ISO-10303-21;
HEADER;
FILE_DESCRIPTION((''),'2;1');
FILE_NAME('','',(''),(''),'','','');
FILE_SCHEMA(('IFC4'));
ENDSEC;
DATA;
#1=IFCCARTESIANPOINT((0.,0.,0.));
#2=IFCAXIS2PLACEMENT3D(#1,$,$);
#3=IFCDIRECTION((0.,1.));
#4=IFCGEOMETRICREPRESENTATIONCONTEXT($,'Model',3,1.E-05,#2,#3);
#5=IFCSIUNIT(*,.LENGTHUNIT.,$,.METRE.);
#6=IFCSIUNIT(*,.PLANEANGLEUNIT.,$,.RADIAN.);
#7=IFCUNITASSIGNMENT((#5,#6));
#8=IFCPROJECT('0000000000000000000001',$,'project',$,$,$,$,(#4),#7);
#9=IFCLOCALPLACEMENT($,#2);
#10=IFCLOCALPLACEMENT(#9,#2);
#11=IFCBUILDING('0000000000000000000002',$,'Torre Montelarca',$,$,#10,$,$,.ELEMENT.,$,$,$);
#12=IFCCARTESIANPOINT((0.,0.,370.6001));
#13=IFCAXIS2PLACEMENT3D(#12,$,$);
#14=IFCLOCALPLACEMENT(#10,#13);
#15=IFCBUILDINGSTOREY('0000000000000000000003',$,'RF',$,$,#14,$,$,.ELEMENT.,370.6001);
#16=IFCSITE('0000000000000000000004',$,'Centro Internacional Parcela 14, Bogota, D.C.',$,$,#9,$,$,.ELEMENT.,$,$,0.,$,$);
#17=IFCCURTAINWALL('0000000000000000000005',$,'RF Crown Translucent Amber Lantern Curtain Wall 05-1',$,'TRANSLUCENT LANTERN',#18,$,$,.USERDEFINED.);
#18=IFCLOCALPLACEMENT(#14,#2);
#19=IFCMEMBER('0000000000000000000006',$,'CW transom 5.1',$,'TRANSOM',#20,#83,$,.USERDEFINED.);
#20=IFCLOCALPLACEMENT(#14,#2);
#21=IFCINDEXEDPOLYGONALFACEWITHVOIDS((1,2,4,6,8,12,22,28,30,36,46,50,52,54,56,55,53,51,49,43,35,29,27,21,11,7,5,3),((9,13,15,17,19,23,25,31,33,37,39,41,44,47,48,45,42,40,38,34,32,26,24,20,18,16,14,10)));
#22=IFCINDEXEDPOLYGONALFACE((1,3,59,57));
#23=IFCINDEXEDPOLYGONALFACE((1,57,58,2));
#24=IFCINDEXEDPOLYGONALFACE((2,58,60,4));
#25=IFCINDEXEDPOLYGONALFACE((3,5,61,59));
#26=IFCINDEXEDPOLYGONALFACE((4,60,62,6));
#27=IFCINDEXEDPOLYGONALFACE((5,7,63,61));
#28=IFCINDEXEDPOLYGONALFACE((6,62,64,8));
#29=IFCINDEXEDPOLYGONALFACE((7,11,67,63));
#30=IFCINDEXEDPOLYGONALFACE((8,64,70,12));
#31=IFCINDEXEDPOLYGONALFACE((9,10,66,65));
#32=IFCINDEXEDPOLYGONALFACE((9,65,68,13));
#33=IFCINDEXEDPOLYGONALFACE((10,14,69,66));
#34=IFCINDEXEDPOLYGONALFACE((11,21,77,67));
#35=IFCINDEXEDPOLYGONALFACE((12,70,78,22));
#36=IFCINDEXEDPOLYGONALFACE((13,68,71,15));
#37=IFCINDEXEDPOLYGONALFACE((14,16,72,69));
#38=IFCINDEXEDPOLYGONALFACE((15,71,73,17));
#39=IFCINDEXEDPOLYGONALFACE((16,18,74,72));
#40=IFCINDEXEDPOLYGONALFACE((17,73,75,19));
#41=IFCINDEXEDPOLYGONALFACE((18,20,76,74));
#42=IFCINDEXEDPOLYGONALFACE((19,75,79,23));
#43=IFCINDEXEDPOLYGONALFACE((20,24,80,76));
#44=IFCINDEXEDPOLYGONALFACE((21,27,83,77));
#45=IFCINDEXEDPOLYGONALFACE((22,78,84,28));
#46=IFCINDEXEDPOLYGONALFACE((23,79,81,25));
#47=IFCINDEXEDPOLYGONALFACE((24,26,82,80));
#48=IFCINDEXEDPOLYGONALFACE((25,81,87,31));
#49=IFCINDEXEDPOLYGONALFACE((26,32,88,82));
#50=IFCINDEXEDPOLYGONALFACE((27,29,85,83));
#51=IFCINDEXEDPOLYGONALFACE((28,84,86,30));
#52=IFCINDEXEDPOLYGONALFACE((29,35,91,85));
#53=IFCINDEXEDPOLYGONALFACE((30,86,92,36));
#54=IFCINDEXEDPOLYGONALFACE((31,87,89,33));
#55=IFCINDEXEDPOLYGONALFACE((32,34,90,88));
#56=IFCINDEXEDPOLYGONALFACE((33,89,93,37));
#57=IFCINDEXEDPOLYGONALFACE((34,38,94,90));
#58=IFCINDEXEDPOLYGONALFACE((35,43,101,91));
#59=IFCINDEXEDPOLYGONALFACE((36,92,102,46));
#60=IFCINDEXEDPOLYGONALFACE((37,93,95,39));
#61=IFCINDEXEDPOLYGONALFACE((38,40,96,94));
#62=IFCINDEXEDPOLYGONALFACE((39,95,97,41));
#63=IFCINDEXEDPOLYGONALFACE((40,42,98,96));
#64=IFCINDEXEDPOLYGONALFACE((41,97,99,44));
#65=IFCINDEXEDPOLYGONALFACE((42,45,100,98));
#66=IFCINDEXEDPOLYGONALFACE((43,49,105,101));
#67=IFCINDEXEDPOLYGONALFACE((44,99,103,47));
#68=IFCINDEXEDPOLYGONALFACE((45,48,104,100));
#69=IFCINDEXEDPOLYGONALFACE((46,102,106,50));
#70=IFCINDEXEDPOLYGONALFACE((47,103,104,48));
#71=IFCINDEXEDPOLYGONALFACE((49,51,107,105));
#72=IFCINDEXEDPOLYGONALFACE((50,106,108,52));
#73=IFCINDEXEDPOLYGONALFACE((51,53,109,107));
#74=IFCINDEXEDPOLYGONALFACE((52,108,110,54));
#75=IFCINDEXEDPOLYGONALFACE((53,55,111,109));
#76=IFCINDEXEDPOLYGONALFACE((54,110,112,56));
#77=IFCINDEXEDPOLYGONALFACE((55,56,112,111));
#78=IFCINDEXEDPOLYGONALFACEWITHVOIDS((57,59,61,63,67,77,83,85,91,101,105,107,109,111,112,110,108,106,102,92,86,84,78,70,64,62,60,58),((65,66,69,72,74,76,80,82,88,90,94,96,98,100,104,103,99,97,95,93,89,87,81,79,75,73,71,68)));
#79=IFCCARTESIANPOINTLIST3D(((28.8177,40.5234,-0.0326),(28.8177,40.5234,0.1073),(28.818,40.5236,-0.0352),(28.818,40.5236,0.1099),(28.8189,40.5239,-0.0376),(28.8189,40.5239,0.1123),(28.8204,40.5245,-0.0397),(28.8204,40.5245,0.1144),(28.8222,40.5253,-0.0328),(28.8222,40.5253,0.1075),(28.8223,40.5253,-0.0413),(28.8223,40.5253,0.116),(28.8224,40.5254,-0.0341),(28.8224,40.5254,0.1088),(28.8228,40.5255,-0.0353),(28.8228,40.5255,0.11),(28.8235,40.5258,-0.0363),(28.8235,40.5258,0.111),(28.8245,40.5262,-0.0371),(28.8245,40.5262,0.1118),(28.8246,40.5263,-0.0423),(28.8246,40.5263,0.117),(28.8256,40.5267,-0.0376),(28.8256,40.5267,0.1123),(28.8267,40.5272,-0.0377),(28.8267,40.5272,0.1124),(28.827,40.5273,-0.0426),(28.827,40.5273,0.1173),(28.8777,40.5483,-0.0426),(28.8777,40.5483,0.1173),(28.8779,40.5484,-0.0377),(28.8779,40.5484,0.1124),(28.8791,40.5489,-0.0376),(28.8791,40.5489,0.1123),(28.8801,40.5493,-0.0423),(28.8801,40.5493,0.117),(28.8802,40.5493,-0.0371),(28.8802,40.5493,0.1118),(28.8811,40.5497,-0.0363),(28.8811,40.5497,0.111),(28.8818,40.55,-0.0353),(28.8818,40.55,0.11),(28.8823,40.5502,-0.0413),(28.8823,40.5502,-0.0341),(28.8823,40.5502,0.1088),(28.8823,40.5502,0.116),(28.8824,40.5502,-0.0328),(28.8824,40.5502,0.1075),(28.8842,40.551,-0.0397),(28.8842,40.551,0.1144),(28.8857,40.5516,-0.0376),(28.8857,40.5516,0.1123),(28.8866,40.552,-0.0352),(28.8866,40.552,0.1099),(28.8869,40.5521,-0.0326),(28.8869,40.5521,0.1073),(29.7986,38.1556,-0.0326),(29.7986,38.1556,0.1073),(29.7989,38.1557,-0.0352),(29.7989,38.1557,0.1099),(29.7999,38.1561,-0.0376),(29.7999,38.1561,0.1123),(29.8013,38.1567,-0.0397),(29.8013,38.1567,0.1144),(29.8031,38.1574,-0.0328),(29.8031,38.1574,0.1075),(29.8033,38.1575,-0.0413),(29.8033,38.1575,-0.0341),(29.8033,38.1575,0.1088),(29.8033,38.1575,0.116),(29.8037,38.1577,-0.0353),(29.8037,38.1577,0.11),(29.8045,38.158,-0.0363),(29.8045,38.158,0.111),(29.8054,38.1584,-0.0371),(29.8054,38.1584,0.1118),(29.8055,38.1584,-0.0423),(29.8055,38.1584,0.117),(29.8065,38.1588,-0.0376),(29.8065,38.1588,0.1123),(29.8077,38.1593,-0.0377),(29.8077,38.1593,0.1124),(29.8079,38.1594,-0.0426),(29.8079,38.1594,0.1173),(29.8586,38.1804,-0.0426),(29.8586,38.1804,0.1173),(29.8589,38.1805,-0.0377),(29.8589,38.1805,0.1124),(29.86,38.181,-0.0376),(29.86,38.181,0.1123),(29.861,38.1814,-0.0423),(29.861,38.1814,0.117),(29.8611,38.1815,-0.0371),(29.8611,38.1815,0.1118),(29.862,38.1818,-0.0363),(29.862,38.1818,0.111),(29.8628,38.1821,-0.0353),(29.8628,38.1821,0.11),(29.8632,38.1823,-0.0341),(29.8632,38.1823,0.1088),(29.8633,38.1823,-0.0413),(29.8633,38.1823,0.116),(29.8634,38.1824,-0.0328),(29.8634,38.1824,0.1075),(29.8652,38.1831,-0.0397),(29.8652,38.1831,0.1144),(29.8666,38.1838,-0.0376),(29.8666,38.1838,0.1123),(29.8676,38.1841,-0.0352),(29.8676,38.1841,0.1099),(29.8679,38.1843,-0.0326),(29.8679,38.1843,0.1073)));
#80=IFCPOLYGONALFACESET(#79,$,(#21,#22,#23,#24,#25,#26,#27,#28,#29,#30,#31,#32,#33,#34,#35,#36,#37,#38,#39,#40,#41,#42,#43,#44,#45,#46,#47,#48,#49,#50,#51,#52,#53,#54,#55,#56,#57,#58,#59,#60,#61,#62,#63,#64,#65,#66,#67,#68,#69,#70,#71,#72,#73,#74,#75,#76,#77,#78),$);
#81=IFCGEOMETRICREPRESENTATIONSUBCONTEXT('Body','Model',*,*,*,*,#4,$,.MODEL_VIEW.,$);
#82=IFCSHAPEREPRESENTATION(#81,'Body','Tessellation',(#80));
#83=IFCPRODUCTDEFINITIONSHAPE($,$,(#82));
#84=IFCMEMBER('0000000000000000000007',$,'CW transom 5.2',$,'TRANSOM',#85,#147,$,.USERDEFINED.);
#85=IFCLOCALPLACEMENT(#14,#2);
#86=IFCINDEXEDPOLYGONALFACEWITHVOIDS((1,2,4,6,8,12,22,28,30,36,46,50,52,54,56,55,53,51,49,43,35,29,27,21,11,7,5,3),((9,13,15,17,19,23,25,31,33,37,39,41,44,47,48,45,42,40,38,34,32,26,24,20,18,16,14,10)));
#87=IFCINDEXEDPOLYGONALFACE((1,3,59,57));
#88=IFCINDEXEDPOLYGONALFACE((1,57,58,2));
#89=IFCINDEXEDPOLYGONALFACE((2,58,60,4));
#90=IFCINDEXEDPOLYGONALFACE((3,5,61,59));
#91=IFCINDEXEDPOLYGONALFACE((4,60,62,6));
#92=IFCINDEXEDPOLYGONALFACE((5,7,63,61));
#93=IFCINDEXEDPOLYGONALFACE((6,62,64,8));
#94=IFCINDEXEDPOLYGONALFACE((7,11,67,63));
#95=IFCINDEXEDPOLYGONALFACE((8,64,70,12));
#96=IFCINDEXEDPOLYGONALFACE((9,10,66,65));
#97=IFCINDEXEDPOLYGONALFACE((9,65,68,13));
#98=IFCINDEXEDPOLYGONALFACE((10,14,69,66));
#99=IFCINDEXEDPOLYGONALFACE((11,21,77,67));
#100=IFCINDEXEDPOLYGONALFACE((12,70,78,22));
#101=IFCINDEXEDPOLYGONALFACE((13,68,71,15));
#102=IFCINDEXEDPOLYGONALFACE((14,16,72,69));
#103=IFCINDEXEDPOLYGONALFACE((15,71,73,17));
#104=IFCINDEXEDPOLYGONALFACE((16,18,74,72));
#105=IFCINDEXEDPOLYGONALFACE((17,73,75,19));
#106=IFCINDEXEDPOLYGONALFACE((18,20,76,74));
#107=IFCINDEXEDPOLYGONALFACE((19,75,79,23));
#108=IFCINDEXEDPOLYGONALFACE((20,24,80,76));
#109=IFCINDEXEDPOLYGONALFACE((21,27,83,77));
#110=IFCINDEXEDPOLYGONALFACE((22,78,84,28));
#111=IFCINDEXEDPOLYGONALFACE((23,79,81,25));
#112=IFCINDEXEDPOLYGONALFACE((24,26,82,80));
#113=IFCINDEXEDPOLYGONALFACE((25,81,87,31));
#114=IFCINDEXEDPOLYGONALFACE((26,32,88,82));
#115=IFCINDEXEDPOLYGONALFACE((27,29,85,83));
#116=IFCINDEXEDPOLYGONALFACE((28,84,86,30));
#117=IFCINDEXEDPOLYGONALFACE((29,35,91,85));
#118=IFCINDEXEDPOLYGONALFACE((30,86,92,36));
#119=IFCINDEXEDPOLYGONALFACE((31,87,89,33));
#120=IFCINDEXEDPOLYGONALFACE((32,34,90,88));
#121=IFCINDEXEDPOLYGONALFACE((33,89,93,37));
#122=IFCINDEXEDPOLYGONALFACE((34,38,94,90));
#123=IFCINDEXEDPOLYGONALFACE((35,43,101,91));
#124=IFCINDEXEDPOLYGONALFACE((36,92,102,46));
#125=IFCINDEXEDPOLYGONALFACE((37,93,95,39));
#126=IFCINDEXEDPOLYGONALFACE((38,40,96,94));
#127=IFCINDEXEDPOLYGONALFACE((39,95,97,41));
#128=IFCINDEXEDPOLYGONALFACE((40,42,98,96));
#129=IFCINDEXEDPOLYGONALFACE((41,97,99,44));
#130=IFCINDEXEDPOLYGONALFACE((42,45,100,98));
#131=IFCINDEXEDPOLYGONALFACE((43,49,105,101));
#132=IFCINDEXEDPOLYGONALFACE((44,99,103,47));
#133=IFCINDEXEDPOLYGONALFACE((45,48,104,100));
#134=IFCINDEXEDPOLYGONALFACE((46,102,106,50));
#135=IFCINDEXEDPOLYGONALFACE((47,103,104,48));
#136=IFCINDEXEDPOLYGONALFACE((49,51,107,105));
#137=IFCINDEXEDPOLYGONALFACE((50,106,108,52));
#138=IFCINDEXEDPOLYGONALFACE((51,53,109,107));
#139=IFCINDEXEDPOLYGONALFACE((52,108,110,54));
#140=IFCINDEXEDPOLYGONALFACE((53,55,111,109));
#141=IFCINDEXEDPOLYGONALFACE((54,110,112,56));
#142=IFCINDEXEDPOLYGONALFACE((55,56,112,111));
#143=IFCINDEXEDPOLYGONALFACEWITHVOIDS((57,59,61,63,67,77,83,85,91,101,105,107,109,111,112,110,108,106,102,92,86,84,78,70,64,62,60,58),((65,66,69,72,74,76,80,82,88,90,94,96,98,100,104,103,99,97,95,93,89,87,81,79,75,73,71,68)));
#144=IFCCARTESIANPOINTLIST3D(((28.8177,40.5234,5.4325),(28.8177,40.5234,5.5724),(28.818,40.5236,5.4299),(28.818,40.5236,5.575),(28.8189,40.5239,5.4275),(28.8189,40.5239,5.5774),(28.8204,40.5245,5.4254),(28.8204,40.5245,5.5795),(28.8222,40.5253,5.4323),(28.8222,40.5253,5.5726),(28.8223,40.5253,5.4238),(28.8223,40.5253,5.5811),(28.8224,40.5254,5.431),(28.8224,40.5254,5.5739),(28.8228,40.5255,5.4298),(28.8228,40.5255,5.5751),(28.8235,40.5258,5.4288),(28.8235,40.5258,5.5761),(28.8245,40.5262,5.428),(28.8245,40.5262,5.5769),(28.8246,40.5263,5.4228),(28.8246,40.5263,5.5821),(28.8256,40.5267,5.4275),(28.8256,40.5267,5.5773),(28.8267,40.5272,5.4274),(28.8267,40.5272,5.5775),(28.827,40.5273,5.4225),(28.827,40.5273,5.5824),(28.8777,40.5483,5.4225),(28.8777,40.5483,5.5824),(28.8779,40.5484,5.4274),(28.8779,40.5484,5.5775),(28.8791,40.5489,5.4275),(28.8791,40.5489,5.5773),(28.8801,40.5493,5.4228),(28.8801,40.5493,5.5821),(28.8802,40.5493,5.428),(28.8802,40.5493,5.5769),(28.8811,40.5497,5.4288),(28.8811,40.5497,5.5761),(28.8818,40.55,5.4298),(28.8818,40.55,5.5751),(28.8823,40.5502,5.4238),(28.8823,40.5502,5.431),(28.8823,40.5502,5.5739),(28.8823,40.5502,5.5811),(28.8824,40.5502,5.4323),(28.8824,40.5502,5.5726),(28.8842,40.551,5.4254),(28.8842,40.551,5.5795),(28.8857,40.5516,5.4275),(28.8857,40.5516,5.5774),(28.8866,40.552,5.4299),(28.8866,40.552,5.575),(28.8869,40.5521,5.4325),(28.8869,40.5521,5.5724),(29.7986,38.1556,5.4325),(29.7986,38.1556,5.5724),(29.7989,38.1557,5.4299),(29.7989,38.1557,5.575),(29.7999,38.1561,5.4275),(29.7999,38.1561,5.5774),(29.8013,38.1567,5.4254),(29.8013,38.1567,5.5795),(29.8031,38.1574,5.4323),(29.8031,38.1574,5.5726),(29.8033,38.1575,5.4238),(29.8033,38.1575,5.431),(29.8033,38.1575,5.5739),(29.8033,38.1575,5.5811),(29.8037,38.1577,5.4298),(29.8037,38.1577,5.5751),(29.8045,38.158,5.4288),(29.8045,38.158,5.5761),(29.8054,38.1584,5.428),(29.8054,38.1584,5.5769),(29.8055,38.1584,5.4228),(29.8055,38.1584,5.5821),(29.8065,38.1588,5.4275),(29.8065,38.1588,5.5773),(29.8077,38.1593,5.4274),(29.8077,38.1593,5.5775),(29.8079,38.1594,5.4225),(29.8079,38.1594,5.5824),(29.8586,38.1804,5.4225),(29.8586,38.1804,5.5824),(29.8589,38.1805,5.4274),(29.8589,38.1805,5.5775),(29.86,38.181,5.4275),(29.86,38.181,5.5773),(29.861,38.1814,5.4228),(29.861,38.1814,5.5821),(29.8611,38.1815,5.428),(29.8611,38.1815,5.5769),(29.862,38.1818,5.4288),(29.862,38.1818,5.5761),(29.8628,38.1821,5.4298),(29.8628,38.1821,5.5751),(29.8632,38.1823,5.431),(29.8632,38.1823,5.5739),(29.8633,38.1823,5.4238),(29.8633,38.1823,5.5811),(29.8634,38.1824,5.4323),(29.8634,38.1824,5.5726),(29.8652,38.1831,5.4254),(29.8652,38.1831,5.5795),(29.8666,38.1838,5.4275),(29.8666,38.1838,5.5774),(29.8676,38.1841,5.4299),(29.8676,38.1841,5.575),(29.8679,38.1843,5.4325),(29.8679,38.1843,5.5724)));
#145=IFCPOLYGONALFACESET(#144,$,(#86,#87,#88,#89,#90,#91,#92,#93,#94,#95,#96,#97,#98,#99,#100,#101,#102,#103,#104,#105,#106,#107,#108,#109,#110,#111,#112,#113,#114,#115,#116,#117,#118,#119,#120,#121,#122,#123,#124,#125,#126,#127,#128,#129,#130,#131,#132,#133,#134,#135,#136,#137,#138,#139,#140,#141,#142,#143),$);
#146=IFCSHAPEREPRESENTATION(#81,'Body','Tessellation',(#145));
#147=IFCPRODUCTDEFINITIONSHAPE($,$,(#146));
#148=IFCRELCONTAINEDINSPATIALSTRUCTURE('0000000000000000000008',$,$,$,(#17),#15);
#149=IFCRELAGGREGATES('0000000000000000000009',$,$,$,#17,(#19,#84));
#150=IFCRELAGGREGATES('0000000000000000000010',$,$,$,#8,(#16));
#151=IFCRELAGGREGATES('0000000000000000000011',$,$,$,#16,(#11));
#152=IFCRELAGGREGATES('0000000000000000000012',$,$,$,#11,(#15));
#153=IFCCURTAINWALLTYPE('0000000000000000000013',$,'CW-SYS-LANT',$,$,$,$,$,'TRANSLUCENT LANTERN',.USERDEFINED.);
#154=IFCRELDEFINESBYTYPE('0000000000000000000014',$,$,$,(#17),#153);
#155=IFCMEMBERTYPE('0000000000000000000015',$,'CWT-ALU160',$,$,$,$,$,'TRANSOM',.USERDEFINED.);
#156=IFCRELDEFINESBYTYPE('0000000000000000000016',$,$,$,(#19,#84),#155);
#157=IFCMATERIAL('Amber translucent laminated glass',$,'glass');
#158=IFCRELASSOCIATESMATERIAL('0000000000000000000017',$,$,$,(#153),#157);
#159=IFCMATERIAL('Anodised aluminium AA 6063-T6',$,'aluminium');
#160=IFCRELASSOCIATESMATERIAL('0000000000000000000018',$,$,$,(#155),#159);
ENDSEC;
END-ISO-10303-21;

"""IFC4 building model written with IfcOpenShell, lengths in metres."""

from ifc_helpers import new_model, si_unit, direction, frame, origin, origin_2d, place, context, subcontext, project, spatial, hollow_rectangle, extrude, source, transform, mapped, material, material_profile, profile_set, type_object, element, aggregate, save


model = new_model("IFC4")

# Units and contexts
model_context = context("Model", 3, precision=1e-05, world=origin(), true_north=direction((0.0, 1.0)))
body_context = subcontext(model_context, "Body", "Model", "MODEL_VIEW")
ifc_project = project(units=[si_unit("LENGTHUNIT", "METRE"), si_unit("PLANEANGLEUNIT", "RADIAN")], contexts=[model_context])

# Site, building, storey
site_placement = place(None, origin())
site = spatial("IfcSite", under=ifc_project, at=site_placement, Name="Centro Internacional Parcela 14, Bogota, D.C.", CompositionType="ELEMENT", RefElevation=0.0)
building_placement = place(site_placement, origin())
building = spatial("IfcBuilding", under=site, at=building_placement, Name="Torre Montelarca", CompositionType="ELEMENT")
storey_placement = place(building_placement, frame((0.0, 0.0, 370.6001)))
storey = spatial("IfcBuildingStorey", under=building, at=storey_placement, Name="RF", CompositionType="ELEMENT", Elevation=370.6001)

# Curtain wall, members
ifc_material_1 = material(Name="Amber translucent laminated glass", Category="glass")
curtain_wall_type = type_object("IfcCurtainWallType", Name="CW-SYS-LANT", ElementType="TRANSLUCENT LANTERN", PredefinedType="USERDEFINED", material=ifc_material_1)
curtain_wall_placement = place(storey_placement, origin())
curtain_wall = element("IfcCurtainWall", 1, at=curtain_wall_placement, inside=storey, type_object=curtain_wall_type, Name="RF Crown Translucent Amber Lantern Curtain Wall 05-1", ObjectType="TRANSLUCENT LANTERN", PredefinedType="USERDEFINED")
ifc_material_2 = material(Name="Anodised aluminium AA 6063-T6", Category="aluminium")
ifc_material_profile_1 = material_profile(ifc_material_2, hollow_rectangle(XDim=0.075, YDim=0.1599, WallThickness=0.0049, InnerFilletRadius=0.0049, OuterFilletRadius=0.01, at=origin_2d()), Name="ALU75X160X5", Category="aluminium")
ifc_profile_set_1 = profile_set([ifc_material_profile_1], Name="Anodised aluminium AA 6063-T6")
member_type_1 = type_object("IfcMemberType", Name="CWT-ALU160", ElementType="TRANSOM", PredefinedType="USERDEFINED", material=ifc_profile_set_1)
shared_shape_1 = source(origin(), body_context, "Body", "SweptSolid", [
    extrude(hollow_rectangle(XDim=0.075, YDim=0.1599, WallThickness=0.0049, InnerFilletRadius=0.0049, OuterFilletRadius=0.01, at=origin_2d()), origin(), (0.0, 0.0, 1.0), 2.563),
])
member_1_placement = place(storey_placement, frame((29.8333, 38.1699, 0.0374), z_axis=(-0.382728, 0.923861, 0.0), x_axis=(-0.923861, -0.382728, 0.0)))
member_1 = element("IfcMember", 2, at=member_1_placement, type_object=member_type_1, Name="CW transom 5.1", ObjectType="TRANSOM", PredefinedType="USERDEFINED", context=body_context, shape_type="MappedRepresentation", body=[
    mapped(shared_shape_1, transform((0.0, 0.0, 0.0), scale=1.0)),
])
member_2_placement = place(storey_placement, frame((29.8333, 38.1699, 5.5024), z_axis=(-0.382728, 0.923861, 0.0), x_axis=(-0.923861, -0.382728, 0.0)))
member_2 = element("IfcMember", 3, at=member_2_placement, type_object=member_type_1, Name="CW transom 5.2", ObjectType="TRANSOM", PredefinedType="USERDEFINED", context=body_context, shape_type="MappedRepresentation", body=[
    mapped(shared_shape_1, transform((0.0, 0.0, 0.0), scale=1.0)),
])
aggregate(curtain_wall, [member_1, member_2])

save(model, "model.ifc")
